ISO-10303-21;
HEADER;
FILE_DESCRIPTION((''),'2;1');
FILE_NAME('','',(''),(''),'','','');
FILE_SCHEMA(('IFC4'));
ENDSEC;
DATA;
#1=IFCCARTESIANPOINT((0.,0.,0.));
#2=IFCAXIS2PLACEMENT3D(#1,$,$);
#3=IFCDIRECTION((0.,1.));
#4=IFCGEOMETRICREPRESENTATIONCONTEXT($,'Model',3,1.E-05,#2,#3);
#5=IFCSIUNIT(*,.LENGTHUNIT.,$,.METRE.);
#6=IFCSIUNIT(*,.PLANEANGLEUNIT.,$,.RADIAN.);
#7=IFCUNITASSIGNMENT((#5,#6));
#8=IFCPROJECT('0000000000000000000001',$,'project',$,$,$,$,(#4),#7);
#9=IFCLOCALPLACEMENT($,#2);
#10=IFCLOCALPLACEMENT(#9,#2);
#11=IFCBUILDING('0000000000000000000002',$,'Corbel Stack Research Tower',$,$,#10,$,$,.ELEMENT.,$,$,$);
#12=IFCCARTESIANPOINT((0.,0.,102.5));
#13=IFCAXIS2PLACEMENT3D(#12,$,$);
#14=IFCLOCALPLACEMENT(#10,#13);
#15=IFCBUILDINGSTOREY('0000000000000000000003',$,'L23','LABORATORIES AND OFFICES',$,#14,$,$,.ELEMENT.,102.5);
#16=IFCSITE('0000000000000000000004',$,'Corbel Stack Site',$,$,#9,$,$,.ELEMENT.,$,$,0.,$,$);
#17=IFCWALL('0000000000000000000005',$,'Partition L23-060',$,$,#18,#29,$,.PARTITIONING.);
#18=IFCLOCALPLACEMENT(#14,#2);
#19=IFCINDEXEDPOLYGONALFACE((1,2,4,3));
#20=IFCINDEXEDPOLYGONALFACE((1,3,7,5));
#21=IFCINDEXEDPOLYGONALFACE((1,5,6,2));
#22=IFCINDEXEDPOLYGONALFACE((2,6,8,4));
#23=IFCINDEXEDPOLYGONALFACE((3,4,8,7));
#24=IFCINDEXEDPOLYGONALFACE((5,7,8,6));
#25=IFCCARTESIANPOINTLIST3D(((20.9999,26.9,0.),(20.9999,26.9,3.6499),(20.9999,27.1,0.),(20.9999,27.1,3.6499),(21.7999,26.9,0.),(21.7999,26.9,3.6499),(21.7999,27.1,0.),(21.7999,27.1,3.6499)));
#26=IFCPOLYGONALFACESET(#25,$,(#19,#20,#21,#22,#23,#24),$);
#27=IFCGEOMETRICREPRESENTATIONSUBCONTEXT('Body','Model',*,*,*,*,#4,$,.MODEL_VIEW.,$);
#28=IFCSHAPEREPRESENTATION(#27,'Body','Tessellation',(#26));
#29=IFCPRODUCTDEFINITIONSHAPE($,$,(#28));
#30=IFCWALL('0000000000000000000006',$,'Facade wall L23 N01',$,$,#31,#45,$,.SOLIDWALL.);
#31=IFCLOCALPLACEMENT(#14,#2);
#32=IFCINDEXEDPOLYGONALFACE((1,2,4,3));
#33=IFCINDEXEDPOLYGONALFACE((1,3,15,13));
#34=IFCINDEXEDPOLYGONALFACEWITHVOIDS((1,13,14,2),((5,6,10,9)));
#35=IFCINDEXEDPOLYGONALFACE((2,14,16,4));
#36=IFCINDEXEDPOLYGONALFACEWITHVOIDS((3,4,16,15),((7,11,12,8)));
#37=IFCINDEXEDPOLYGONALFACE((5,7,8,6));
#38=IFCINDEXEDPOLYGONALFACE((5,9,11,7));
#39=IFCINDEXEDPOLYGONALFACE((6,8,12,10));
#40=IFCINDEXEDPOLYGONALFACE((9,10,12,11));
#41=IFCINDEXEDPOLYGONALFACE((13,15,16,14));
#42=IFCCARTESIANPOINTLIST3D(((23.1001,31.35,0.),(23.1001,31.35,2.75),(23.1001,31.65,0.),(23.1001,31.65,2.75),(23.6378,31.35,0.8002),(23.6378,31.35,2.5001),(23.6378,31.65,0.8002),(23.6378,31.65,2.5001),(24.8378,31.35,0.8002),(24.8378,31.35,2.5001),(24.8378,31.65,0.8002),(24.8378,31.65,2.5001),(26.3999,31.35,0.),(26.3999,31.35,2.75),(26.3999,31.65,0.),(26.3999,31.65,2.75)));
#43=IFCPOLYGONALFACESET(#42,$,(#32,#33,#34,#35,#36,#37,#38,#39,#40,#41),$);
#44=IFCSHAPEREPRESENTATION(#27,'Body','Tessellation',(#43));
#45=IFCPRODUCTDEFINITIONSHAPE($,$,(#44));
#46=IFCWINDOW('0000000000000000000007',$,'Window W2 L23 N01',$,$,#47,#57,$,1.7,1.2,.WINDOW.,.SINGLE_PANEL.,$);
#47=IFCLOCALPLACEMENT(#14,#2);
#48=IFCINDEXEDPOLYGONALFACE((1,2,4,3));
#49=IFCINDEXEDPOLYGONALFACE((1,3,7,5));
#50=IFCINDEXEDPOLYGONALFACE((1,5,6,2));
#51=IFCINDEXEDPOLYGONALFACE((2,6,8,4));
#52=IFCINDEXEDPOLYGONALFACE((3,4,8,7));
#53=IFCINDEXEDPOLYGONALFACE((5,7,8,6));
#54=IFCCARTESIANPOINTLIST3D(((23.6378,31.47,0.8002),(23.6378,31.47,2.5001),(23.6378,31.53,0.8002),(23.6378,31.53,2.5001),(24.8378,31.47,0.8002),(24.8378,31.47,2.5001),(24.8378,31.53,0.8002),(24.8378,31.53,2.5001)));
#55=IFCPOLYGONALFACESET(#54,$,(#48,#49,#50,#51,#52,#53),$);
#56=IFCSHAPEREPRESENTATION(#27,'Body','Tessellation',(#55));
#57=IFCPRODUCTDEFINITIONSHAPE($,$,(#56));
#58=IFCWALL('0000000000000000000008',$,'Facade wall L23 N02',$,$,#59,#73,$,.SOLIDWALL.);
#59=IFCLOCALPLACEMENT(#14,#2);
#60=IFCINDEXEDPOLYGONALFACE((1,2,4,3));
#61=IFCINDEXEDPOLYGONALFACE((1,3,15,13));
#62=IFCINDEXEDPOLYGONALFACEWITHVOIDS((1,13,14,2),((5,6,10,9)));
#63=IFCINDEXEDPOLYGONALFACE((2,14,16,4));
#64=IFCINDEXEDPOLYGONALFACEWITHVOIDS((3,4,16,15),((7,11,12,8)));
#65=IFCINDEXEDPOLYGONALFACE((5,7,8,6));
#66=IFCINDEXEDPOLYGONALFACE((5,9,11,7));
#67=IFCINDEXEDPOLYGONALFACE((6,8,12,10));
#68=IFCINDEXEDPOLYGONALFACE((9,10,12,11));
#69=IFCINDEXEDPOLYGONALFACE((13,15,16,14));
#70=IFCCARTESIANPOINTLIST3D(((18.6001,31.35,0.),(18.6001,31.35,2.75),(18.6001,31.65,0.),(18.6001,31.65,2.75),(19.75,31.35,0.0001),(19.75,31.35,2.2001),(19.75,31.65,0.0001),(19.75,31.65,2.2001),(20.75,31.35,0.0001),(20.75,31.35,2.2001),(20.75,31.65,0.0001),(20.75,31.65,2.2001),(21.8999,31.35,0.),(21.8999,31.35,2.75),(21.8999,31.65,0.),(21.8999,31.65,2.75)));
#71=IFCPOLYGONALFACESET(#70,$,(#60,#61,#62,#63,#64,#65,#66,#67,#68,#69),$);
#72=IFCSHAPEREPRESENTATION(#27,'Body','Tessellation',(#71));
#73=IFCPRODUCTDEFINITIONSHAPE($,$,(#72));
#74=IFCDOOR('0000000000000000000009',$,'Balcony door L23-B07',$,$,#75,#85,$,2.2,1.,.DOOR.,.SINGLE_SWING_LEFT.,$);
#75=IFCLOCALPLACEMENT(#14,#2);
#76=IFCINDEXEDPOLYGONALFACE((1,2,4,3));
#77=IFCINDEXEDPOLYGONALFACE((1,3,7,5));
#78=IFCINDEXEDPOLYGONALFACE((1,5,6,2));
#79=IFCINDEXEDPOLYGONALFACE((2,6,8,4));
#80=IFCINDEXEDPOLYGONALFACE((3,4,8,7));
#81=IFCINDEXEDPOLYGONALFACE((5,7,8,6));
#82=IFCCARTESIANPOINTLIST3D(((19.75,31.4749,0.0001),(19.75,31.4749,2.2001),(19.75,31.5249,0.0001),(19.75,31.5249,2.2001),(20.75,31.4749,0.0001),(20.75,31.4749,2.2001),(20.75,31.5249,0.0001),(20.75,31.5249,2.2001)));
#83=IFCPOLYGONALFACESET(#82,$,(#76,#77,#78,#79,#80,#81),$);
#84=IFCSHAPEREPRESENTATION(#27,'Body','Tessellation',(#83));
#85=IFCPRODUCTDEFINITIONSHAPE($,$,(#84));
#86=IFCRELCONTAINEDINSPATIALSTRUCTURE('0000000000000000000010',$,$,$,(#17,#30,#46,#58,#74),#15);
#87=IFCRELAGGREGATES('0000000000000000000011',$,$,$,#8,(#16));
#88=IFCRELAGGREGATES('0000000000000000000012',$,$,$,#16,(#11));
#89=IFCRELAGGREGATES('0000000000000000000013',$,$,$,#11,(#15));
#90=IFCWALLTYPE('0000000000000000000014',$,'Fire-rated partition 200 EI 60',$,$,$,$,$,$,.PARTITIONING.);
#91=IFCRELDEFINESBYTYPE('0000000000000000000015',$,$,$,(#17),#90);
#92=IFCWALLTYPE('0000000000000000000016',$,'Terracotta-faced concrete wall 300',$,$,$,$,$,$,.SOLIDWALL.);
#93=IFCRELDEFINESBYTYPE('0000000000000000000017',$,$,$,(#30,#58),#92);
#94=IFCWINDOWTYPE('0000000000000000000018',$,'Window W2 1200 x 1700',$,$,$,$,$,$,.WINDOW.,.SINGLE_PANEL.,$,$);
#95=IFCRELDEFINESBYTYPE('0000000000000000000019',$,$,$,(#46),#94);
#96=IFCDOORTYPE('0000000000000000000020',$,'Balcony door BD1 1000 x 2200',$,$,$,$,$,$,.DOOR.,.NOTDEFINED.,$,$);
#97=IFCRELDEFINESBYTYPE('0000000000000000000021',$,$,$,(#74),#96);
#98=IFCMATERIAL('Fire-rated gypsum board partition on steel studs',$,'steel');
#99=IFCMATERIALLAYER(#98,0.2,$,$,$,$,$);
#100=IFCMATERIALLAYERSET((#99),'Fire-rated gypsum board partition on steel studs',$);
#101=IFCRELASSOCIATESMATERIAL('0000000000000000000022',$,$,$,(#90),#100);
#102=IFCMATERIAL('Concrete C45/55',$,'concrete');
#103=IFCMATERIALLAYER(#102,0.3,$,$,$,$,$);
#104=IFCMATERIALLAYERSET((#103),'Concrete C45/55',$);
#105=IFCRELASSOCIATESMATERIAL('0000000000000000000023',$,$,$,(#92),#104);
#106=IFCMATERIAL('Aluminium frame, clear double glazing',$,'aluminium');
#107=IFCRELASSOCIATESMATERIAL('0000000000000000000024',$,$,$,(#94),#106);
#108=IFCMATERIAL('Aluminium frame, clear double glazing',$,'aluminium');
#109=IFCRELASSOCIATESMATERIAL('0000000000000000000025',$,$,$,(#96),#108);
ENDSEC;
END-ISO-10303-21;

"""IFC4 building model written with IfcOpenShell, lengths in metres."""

from ifc_helpers import new_model, si_unit, direction, frame, frame_2d, origin, place, context, subcontext, project, spatial, rectangle, extrude, material, layer, layer_set, type_object, element, fill, save


model = new_model("IFC4")

# Units and contexts
model_context = context("Model", 3, precision=1e-05, world=origin(), true_north=direction((0.0, 1.0)))
body_context = subcontext(model_context, "Body", "Model", "MODEL_VIEW")
ifc_project = project(units=[si_unit("LENGTHUNIT", "METRE"), si_unit("PLANEANGLEUNIT", "RADIAN")], contexts=[model_context])

# Site, building, storey
site_placement = place(None, origin())
site = spatial("IfcSite", under=ifc_project, at=site_placement, Name="Corbel Stack Site", CompositionType="ELEMENT", RefElevation=0.0)
building_placement = place(site_placement, origin())
building = spatial("IfcBuilding", under=site, at=building_placement, Name="Corbel Stack Research Tower", CompositionType="ELEMENT")
storey_placement = place(building_placement, frame((0.0, 0.0, 102.5)))
storey = spatial("IfcBuildingStorey", under=building, at=storey_placement, Name="L23", Description="LABORATORIES AND OFFICES", CompositionType="ELEMENT", Elevation=102.5)

# Shared definitions
ifc_material_1 = material(Name="Fire-rated gypsum board partition on steel studs", Category="steel")
ifc_layer_1 = layer(ifc_material_1, 0.2)
ifc_layer_set_1 = layer_set([ifc_layer_1], Name="Fire-rated gypsum board partition on steel studs")
wall_type_1 = type_object("IfcWallType", Name="Fire-rated partition 200 EI 60", PredefinedType="PARTITIONING", material=ifc_layer_set_1)

# Wall
wall_1_placement = place(storey_placement, frame((21.0, 27.0, 0.0), z_axis=(0.0, 0.0, 1.0), x_axis=(1.0, 0.0, 0.0)))
element("IfcWall", 1, at=wall_1_placement, inside=storey, type_object=wall_type_1, Name="Partition L23-060", PredefinedType="PARTITIONING", context=body_context, shape_type="SweptSolid", body=[
    extrude(rectangle(XDim=0.8, YDim=0.2, at=frame_2d((0.3999, 0.0))), origin(), (0.0, 0.0, 1.0), 3.6499),
])

# Wall, opening, window
ifc_material_2 = material(Name="Concrete C45/55", Category="concrete")
ifc_layer_2 = layer(ifc_material_2, 0.3)
ifc_layer_set_2 = layer_set([ifc_layer_2], Name="Concrete C45/55")
wall_type_2 = type_object("IfcWallType", Name="Terracotta-faced concrete wall 300", PredefinedType="SOLIDWALL", material=ifc_layer_set_2)
wall_2_placement = place(storey_placement, frame((23.1001, 31.5, 0.0), z_axis=(0.0, 0.0, 1.0), x_axis=(1.0, 0.0, 0.0)))
wall_2 = element("IfcWall", 2, at=wall_2_placement, inside=storey, type_object=wall_type_2, Name="Facade wall L23 N01", PredefinedType="SOLIDWALL", context=body_context, shape_type="SweptSolid", body=[
    extrude(rectangle(XDim=3.2998, YDim=0.3, at=frame_2d((1.6499, 0.0))), origin(), (0.0, 0.0, 1.0), 2.75),
])
opening_1_placement = place(wall_2_placement, frame((0.5376, 0.0, 0.8)))
opening_1 = element("IfcOpeningElement", 3, at=opening_1_placement, cuts=wall_2, PredefinedType="OPENING", context=body_context, shape_type="SweptSolid", body=[
    extrude(rectangle(XDim=1.2, YDim=1.7, at=frame_2d((0.6001, 0.8501))), frame((0.0, 0.1599, 0.0), z_axis=(0.0, -1.0, 0.0), x_axis=(1.0, 0.0, 0.0)), (0.0, 0.0, 1.0), 0.3201),
])
ifc_material_3 = material(Name="Aluminium frame, clear double glazing", Category="aluminium")
window_type = type_object("IfcWindowType", Name="Window W2 1200 x 1700", PartitioningType="SINGLE_PANEL", PredefinedType="WINDOW", material=ifc_material_3)
window_placement = place(opening_1_placement, origin())
window = element("IfcWindow", 4, at=window_placement, inside=storey, type_object=window_type, Name="Window W2 L23 N01", OverallHeight=1.7, OverallWidth=1.2, PartitioningType="SINGLE_PANEL", PredefinedType="WINDOW", context=body_context, shape_type="SweptSolid", body=[
    extrude(rectangle(XDim=1.2, YDim=1.7, at=frame_2d((0.6001, 0.8501))), frame((0.0, 0.03, 0.0), z_axis=(0.0, -1.0, 0.0), x_axis=(1.0, 0.0, 0.0)), (0.0, 0.0, 1.0), 0.0601),
])
fill(opening_1, window)

# Wall, opening, door
wall_3_placement = place(storey_placement, frame((18.6001, 31.5, 0.0), z_axis=(0.0, 0.0, 1.0), x_axis=(1.0, 0.0, 0.0)))
wall_3 = element("IfcWall", 5, at=wall_3_placement, inside=storey, type_object=wall_type_2, Name="Facade wall L23 N02", PredefinedType="SOLIDWALL", context=body_context, shape_type="SweptSolid", body=[
    extrude(rectangle(XDim=3.2998, YDim=0.3, at=frame_2d((1.6499, 0.0))), origin(), (0.0, 0.0, 1.0), 2.75),
])
opening_2_placement = place(wall_3_placement, frame((1.1499, 0.0, 0.0)))
opening_2 = element("IfcOpeningElement", 6, at=opening_2_placement, cuts=wall_3, PredefinedType="OPENING", context=body_context, shape_type="SweptSolid", body=[
    extrude(rectangle(XDim=1.0, YDim=2.2, at=frame_2d((0.5, 1.1001))), frame((0.0, 0.1599, 0.0), z_axis=(0.0, -1.0, 0.0), x_axis=(1.0, 0.0, 0.0)), (0.0, 0.0, 1.0), 0.3201),
])
ifc_material_4 = material(Name="Aluminium frame, clear double glazing", Category="aluminium")
door_type_1 = type_object("IfcDoorType", Name="Balcony door BD1 1000 x 2200", OperationType="NOTDEFINED", PredefinedType="DOOR", material=ifc_material_4)
door_1_placement = place(opening_2_placement, origin())
door_1 = element("IfcDoor", 7, at=door_1_placement, inside=storey, type_object=door_type_1, Name="Balcony door L23-B07", OperationType="SINGLE_SWING_LEFT", OverallHeight=2.2, OverallWidth=1.0, PredefinedType="DOOR", context=body_context, shape_type="SweptSolid", body=[
    extrude(rectangle(XDim=1.0, YDim=2.2, at=frame_2d((0.5, 1.1001))), frame((0.0, 0.0249, 0.0), z_axis=(0.0, -1.0, 0.0), x_axis=(1.0, 0.0, 0.0)), (0.0, 0.0, 1.0), 0.05),
])
fill(opening_2, door_1)

save(model, "model.ifc")
